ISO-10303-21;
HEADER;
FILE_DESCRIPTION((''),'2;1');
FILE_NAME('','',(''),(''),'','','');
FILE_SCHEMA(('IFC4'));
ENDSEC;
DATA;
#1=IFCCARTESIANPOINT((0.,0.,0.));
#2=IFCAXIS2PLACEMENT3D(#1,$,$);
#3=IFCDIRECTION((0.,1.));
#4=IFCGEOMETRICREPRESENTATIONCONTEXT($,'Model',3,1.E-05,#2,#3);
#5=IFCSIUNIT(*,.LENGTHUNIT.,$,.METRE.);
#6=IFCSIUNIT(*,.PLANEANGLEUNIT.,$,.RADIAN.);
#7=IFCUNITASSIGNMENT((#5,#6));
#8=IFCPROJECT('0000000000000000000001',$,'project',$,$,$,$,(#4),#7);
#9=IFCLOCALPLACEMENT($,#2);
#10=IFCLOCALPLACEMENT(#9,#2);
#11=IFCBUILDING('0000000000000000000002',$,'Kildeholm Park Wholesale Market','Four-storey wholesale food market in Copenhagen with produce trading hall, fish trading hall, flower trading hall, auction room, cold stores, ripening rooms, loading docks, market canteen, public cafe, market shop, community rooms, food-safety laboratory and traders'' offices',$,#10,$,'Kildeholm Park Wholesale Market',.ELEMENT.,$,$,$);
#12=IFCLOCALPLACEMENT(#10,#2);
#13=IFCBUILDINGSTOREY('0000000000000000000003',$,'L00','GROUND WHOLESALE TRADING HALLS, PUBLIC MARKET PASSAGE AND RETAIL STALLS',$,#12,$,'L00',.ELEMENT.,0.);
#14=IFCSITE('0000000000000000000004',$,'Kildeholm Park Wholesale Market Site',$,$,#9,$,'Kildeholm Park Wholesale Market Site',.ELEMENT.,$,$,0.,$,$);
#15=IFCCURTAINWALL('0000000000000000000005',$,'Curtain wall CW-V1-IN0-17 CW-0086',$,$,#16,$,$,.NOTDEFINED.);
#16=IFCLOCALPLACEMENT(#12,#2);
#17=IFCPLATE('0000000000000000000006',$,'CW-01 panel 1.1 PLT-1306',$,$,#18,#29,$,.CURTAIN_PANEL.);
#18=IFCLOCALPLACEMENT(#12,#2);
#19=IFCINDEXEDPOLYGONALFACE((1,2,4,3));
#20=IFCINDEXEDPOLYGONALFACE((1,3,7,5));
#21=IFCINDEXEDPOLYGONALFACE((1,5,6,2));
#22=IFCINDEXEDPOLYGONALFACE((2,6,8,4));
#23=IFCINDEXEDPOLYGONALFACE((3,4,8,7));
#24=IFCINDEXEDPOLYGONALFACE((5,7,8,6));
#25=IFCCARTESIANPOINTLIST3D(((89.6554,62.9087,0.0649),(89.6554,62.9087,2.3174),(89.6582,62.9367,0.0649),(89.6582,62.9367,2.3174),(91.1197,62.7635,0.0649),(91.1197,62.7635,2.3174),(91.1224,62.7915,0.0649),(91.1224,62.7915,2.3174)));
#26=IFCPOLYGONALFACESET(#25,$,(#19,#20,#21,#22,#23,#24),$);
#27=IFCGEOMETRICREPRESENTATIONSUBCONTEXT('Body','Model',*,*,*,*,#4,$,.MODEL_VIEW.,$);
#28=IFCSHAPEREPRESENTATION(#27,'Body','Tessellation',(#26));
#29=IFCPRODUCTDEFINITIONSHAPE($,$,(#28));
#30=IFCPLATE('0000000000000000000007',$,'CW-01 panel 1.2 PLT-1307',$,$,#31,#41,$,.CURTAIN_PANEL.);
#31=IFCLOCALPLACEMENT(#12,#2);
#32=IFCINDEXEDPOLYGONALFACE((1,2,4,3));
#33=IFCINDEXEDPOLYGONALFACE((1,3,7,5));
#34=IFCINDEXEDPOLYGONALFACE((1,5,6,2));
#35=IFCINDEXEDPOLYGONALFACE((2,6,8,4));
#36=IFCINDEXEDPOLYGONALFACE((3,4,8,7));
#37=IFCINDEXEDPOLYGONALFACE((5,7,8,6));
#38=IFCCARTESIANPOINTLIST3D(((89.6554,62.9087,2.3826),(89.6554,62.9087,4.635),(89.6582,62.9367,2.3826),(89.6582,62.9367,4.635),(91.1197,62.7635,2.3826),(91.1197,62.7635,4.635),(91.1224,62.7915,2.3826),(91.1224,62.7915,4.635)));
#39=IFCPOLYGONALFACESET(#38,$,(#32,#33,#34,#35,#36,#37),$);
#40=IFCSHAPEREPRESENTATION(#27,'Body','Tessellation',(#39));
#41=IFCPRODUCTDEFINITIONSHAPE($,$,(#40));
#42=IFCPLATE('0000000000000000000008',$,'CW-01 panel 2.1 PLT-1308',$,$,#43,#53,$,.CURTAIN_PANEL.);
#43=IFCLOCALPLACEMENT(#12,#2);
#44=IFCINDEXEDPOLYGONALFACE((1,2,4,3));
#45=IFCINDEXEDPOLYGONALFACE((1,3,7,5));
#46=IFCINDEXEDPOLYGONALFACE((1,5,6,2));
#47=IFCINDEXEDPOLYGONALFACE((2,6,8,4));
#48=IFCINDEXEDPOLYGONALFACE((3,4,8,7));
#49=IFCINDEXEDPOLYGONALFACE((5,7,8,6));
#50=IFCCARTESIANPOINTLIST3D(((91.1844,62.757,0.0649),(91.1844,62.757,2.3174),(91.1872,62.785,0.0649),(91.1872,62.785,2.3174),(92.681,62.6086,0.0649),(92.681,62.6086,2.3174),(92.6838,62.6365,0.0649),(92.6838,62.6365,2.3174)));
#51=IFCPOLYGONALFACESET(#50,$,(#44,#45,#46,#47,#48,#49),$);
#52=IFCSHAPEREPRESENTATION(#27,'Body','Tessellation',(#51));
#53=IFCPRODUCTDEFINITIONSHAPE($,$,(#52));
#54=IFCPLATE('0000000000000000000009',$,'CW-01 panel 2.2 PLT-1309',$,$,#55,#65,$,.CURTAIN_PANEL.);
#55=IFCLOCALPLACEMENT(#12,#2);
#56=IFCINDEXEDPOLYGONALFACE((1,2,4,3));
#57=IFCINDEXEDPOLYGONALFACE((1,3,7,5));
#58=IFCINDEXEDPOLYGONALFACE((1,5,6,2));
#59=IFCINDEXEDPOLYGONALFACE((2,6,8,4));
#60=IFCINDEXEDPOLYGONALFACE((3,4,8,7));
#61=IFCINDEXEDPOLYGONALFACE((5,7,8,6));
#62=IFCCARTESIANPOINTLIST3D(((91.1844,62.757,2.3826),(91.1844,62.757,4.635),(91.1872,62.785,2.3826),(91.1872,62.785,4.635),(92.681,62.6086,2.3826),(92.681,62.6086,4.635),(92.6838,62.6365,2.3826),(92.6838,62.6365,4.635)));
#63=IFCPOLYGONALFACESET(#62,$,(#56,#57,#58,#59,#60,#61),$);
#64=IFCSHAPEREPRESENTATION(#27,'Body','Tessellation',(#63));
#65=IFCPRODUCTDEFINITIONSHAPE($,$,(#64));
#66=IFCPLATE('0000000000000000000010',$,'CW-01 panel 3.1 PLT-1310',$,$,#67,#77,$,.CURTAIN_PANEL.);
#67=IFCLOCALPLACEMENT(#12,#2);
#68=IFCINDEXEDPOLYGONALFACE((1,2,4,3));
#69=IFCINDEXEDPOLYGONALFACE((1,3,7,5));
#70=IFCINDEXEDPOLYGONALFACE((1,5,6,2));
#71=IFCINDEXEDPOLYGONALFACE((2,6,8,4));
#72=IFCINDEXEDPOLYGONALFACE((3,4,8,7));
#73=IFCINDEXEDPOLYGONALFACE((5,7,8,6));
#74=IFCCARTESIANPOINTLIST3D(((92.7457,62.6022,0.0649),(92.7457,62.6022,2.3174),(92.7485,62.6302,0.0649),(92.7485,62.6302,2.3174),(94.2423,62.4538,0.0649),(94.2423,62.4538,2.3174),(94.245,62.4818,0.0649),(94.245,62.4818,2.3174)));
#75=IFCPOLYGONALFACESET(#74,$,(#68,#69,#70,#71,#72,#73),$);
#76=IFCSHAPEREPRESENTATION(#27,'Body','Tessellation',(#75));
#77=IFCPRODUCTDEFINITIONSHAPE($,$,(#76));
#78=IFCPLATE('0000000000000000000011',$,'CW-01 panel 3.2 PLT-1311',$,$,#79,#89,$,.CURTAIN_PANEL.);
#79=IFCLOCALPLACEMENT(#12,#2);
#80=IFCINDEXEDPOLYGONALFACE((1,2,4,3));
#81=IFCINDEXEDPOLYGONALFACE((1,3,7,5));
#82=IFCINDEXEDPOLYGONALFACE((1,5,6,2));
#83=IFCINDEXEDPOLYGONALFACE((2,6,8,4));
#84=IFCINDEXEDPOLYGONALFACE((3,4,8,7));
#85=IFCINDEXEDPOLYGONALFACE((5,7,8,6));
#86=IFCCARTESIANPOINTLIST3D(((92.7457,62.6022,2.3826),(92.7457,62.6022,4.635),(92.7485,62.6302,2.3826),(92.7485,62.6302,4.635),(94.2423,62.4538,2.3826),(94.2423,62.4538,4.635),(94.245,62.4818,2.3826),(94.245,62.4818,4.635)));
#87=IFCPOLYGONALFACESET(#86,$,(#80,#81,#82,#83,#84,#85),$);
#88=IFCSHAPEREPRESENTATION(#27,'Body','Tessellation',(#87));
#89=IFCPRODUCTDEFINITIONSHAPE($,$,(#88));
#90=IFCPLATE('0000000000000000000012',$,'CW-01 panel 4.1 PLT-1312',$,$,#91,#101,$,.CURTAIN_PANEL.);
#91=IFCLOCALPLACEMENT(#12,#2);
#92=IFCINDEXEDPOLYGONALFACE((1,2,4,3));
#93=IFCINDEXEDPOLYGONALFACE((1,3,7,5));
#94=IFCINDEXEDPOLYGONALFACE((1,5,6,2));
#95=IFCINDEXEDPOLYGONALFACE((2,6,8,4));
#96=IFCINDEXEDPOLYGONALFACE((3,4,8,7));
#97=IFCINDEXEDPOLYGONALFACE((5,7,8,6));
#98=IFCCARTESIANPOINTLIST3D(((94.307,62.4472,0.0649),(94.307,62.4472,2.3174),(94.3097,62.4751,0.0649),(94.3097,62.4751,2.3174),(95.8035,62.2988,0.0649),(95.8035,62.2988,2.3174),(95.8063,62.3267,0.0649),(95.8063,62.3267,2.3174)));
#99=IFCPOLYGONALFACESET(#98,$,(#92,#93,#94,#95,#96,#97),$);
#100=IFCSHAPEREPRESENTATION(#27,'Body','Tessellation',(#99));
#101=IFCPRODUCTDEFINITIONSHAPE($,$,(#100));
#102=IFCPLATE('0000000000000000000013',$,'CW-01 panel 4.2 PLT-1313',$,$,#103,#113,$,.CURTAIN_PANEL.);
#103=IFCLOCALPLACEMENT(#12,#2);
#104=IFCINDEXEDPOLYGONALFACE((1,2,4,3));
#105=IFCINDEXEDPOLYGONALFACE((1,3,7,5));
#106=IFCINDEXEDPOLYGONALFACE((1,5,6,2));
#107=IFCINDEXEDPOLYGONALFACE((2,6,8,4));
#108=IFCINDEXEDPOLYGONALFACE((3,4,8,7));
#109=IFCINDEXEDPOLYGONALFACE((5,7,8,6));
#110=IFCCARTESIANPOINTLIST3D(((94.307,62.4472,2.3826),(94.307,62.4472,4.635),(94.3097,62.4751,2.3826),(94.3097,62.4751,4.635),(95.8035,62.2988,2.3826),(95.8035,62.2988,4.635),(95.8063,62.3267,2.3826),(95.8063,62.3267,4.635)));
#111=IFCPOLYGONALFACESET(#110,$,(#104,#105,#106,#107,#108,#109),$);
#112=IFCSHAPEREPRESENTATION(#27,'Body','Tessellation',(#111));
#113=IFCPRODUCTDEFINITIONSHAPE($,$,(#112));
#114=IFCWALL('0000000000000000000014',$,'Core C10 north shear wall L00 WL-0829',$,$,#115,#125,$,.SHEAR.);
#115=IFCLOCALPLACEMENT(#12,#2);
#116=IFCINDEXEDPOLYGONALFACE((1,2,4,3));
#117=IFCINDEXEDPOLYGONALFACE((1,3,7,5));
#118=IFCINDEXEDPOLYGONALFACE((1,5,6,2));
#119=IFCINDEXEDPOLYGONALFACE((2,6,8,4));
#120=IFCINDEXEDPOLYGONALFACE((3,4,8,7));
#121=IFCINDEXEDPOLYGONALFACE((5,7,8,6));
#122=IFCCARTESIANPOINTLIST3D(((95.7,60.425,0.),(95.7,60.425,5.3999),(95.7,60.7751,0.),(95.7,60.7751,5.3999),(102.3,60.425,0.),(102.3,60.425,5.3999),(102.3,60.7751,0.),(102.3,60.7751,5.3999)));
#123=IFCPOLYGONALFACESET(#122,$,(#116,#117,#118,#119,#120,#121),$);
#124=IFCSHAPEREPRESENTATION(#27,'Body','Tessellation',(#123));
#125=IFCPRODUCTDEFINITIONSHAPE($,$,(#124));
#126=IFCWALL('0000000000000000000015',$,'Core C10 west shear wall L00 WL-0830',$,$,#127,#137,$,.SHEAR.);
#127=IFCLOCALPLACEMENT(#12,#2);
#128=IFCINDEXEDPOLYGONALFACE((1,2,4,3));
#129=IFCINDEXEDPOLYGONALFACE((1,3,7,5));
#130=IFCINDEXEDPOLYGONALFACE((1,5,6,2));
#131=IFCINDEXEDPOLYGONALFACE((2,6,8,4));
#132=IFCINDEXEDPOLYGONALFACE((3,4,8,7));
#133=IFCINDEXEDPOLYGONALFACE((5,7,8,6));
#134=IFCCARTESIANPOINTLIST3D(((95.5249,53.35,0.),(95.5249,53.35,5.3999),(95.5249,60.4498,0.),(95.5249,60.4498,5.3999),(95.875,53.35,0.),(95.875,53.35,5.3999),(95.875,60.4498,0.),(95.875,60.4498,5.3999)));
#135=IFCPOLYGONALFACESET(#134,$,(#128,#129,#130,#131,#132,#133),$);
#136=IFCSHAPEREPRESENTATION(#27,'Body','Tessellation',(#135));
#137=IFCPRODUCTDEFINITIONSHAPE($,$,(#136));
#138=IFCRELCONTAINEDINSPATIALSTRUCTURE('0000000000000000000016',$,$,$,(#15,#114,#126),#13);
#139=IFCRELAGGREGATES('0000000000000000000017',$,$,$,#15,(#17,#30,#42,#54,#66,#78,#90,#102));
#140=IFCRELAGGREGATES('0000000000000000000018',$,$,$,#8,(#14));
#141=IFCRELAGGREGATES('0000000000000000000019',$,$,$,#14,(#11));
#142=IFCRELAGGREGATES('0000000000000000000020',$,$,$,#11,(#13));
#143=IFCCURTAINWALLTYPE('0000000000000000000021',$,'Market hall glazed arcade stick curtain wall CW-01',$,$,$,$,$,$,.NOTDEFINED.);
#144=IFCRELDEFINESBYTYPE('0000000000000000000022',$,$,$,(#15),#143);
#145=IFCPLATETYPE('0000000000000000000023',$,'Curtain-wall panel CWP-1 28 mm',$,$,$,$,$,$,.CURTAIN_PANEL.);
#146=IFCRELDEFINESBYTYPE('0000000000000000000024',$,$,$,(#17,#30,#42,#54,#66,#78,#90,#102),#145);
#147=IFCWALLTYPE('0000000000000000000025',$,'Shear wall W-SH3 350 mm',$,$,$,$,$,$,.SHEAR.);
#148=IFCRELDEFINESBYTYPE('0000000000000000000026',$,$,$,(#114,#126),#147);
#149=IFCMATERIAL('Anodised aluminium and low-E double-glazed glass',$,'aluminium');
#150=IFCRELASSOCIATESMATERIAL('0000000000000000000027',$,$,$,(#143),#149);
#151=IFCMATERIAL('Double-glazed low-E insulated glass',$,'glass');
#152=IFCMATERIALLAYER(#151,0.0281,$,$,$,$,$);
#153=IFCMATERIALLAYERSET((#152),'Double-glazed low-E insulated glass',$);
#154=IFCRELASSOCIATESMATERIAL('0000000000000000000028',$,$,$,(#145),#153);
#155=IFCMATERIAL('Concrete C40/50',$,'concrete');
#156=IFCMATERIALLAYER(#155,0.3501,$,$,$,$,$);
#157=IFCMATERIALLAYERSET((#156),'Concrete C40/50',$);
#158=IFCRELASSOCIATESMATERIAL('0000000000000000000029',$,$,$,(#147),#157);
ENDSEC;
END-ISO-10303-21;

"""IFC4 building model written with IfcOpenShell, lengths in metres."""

from ifc_helpers import new_model, si_unit, direction, frame, frame_2d, origin, origin_2d, place, context, subcontext, project, spatial, rectangle, extrude, material, layer, layer_set, type_object, element, aggregate, save


model = new_model("IFC4")

# Units and contexts
model_context = context("Model", 3, precision=1e-05, world=origin(), true_north=direction((0.0, 1.0)))
body_context = subcontext(model_context, "Body", "Model", "MODEL_VIEW")
ifc_project = project(units=[si_unit("LENGTHUNIT", "METRE"), si_unit("PLANEANGLEUNIT", "RADIAN")], contexts=[model_context])

# Site, building, storey
site_placement = place(None, origin())
site = spatial("IfcSite", under=ifc_project, at=site_placement, Name="Kildeholm Park Wholesale Market Site", LongName="Kildeholm Park Wholesale Market Site", CompositionType="ELEMENT", RefElevation=0.0)
building_placement = place(site_placement, origin())
building = spatial("IfcBuilding", under=site, at=building_placement, Name="Kildeholm Park Wholesale Market", Description="Four-storey wholesale food market in Copenhagen with produce trading hall, fish trading hall, flower trading hall, auction room, cold stores, ripening rooms, loading docks, market canteen, public cafe, market shop, community rooms, food-safety laboratory and traders' offices", LongName="Kildeholm Park Wholesale Market", CompositionType="ELEMENT")
storey_placement = place(building_placement, origin())
storey = spatial("IfcBuildingStorey", under=building, at=storey_placement, Name="L00", Description="GROUND WHOLESALE TRADING HALLS, PUBLIC MARKET PASSAGE AND RETAIL STALLS", LongName="L00", CompositionType="ELEMENT", Elevation=0.0)

# Curtain wall, plates
ifc_material_1 = material(Name="Anodised aluminium and low-E double-glazed glass", Category="aluminium")
curtain_wall_type = type_object("IfcCurtainWallType", Name="Market hall glazed arcade stick curtain wall CW-01", PredefinedType="NOTDEFINED", material=ifc_material_1)
curtain_wall_placement = place(storey_placement, origin())
curtain_wall = element("IfcCurtainWall", 1, at=curtain_wall_placement, inside=storey, type_object=curtain_wall_type, Name="Curtain wall CW-V1-IN0-17 CW-0086", PredefinedType="NOTDEFINED")
ifc_material_2 = material(Name="Double-glazed low-E insulated glass", Category="glass")
ifc_layer_1 = layer(ifc_material_2, 0.0281)
ifc_layer_set_1 = layer_set([ifc_layer_1], Name="Double-glazed low-E insulated glass")
plate_type = type_object("IfcPlateType", Name="Curtain-wall panel CWP-1 28 mm", PredefinedType="CURTAIN_PANEL", material=ifc_layer_set_1)
plate_1_placement = place(storey_placement, frame((90.3889, 62.8501, 0.0649), z_axis=(0.0, 0.0, 1.0), x_axis=(0.995119, -0.098683, 0.0)))
plate_1 = element("IfcPlate", 2, at=plate_1_placement, type_object=plate_type, Name="CW-01 panel 1.1 PLT-1306", PredefinedType="CURTAIN_PANEL", context=body_context, shape_type="SweptSolid", body=[
    extrude(rectangle(XDim=1.4714, YDim=0.0281, at=origin_2d()), origin(), (0.0, 0.0, 1.0), 2.2524),
])
plate_2_placement = place(storey_placement, frame((90.3889, 62.8501, 2.3826), z_axis=(0.0, 0.0, 1.0), x_axis=(0.995119, -0.098683, 0.0)))
plate_2 = element("IfcPlate", 3, at=plate_2_placement, type_object=plate_type, Name="CW-01 panel 1.2 PLT-1307", PredefinedType="CURTAIN_PANEL", context=body_context, shape_type="SweptSolid", body=[
    extrude(rectangle(XDim=1.4714, YDim=0.0281, at=origin_2d()), origin(), (0.0, 0.0, 1.0), 2.2524),
])
plate_3_placement = place(storey_placement, frame((91.9341, 62.6968, 0.0649), z_axis=(0.0, 0.0, 1.0), x_axis=(0.995119, -0.098683, 0.0)))
plate_3 = element("IfcPlate", 4, at=plate_3_placement, type_object=plate_type, Name="CW-01 panel 2.1 PLT-1308", PredefinedType="CURTAIN_PANEL", context=body_context, shape_type="SweptSolid", body=[
    extrude(rectangle(XDim=1.5039, YDim=0.0281, at=origin_2d()), origin(), (0.0, 0.0, 1.0), 2.2524),
])
plate_4_placement = place(storey_placement, frame((91.9341, 62.6968, 2.3826), z_axis=(0.0, 0.0, 1.0), x_axis=(0.995119, -0.098683, 0.0)))
plate_4 = element("IfcPlate", 5, at=plate_4_placement, type_object=plate_type, Name="CW-01 panel 2.2 PLT-1309", PredefinedType="CURTAIN_PANEL", context=body_context, shape_type="SweptSolid", body=[
    extrude(rectangle(XDim=1.5039, YDim=0.0281, at=origin_2d()), origin(), (0.0, 0.0, 1.0), 2.2524),
])
plate_5_placement = place(storey_placement, frame((93.4954, 62.542, 0.0649), z_axis=(0.0, 0.0, 1.0), x_axis=(0.995119, -0.098683, 0.0)))
plate_5 = element("IfcPlate", 6, at=plate_5_placement, type_object=plate_type, Name="CW-01 panel 3.1 PLT-1310", PredefinedType="CURTAIN_PANEL", context=body_context, shape_type="SweptSolid", body=[
    extrude(rectangle(XDim=1.5039, YDim=0.0281, at=origin_2d()), origin(), (0.0, 0.0, 1.0), 2.2524),
])
plate_6_placement = place(storey_placement, frame((93.4954, 62.542, 2.3826), z_axis=(0.0, 0.0, 1.0), x_axis=(0.995119, -0.098683, 0.0)))
plate_6 = element("IfcPlate", 7, at=plate_6_placement, type_object=plate_type, Name="CW-01 panel 3.2 PLT-1311", PredefinedType="CURTAIN_PANEL", context=body_context, shape_type="SweptSolid", body=[
    extrude(rectangle(XDim=1.5039, YDim=0.0281, at=origin_2d()), origin(), (0.0, 0.0, 1.0), 2.2524),
])
plate_7_placement = place(storey_placement, frame((95.0566, 62.387, 0.0649), z_axis=(0.0, 0.0, 1.0), x_axis=(0.995119, -0.098683, 0.0)))
plate_7 = element("IfcPlate", 8, at=plate_7_placement, type_object=plate_type, Name="CW-01 panel 4.1 PLT-1312", PredefinedType="CURTAIN_PANEL", context=body_context, shape_type="SweptSolid", body=[
    extrude(rectangle(XDim=1.5039, YDim=0.0281, at=origin_2d()), origin(), (0.0, 0.0, 1.0), 2.2524),
])
plate_8_placement = place(storey_placement, frame((95.0566, 62.387, 2.3826), z_axis=(0.0, 0.0, 1.0), x_axis=(0.995119, -0.098683, 0.0)))
plate_8 = element("IfcPlate", 9, at=plate_8_placement, type_object=plate_type, Name="CW-01 panel 4.2 PLT-1313", PredefinedType="CURTAIN_PANEL", context=body_context, shape_type="SweptSolid", body=[
    extrude(rectangle(XDim=1.5039, YDim=0.0281, at=origin_2d()), origin(), (0.0, 0.0, 1.0), 2.2524),
])
aggregate(curtain_wall, [plate_1, plate_2, plate_3, plate_4, plate_5, plate_6, plate_7, plate_8])

# Shared definitions
ifc_material_3 = material(Name="Concrete C40/50", Category="concrete")
ifc_layer_2 = layer(ifc_material_3, 0.3501)
ifc_layer_set_2 = layer_set([ifc_layer_2], Name="Concrete C40/50")
wall_type = type_object("IfcWallType", Name="Shear wall W-SH3 350 mm", PredefinedType="SHEAR", material=ifc_layer_set_2)

# Walls
wall_1_placement = place(storey_placement, frame((95.7, 60.6001, 0.0), z_axis=(0.0, 0.0, 1.0), x_axis=(1.0, 0.0, 0.0)))
element("IfcWall", 10, at=wall_1_placement, inside=storey, type_object=wall_type, Name="Core C10 north shear wall L00 WL-0829", PredefinedType="SHEAR", context=body_context, shape_type="SweptSolid", body=[
    extrude(rectangle(XDim=6.6001, YDim=0.3501, at=frame_2d((3.3, 0.0))), origin(), (0.0, 0.0, 1.0), 5.3999),
])
wall_2_placement = place(storey_placement, frame((95.7, 53.3501, 0.0), z_axis=(0.0, 0.0, 1.0), x_axis=(0.0, 1.0, 0.0)))
element("IfcWall", 11, at=wall_2_placement, inside=storey, type_object=wall_type, Name="Core C10 west shear wall L00 WL-0830", PredefinedType="SHEAR", context=body_context, shape_type="SweptSolid", body=[
    extrude(rectangle(XDim=7.0999, YDim=0.3501, at=frame_2d((3.5498, 0.0))), origin(), (0.0, 0.0, 1.0), 5.3999),
])

save(model, "model.ifc")
